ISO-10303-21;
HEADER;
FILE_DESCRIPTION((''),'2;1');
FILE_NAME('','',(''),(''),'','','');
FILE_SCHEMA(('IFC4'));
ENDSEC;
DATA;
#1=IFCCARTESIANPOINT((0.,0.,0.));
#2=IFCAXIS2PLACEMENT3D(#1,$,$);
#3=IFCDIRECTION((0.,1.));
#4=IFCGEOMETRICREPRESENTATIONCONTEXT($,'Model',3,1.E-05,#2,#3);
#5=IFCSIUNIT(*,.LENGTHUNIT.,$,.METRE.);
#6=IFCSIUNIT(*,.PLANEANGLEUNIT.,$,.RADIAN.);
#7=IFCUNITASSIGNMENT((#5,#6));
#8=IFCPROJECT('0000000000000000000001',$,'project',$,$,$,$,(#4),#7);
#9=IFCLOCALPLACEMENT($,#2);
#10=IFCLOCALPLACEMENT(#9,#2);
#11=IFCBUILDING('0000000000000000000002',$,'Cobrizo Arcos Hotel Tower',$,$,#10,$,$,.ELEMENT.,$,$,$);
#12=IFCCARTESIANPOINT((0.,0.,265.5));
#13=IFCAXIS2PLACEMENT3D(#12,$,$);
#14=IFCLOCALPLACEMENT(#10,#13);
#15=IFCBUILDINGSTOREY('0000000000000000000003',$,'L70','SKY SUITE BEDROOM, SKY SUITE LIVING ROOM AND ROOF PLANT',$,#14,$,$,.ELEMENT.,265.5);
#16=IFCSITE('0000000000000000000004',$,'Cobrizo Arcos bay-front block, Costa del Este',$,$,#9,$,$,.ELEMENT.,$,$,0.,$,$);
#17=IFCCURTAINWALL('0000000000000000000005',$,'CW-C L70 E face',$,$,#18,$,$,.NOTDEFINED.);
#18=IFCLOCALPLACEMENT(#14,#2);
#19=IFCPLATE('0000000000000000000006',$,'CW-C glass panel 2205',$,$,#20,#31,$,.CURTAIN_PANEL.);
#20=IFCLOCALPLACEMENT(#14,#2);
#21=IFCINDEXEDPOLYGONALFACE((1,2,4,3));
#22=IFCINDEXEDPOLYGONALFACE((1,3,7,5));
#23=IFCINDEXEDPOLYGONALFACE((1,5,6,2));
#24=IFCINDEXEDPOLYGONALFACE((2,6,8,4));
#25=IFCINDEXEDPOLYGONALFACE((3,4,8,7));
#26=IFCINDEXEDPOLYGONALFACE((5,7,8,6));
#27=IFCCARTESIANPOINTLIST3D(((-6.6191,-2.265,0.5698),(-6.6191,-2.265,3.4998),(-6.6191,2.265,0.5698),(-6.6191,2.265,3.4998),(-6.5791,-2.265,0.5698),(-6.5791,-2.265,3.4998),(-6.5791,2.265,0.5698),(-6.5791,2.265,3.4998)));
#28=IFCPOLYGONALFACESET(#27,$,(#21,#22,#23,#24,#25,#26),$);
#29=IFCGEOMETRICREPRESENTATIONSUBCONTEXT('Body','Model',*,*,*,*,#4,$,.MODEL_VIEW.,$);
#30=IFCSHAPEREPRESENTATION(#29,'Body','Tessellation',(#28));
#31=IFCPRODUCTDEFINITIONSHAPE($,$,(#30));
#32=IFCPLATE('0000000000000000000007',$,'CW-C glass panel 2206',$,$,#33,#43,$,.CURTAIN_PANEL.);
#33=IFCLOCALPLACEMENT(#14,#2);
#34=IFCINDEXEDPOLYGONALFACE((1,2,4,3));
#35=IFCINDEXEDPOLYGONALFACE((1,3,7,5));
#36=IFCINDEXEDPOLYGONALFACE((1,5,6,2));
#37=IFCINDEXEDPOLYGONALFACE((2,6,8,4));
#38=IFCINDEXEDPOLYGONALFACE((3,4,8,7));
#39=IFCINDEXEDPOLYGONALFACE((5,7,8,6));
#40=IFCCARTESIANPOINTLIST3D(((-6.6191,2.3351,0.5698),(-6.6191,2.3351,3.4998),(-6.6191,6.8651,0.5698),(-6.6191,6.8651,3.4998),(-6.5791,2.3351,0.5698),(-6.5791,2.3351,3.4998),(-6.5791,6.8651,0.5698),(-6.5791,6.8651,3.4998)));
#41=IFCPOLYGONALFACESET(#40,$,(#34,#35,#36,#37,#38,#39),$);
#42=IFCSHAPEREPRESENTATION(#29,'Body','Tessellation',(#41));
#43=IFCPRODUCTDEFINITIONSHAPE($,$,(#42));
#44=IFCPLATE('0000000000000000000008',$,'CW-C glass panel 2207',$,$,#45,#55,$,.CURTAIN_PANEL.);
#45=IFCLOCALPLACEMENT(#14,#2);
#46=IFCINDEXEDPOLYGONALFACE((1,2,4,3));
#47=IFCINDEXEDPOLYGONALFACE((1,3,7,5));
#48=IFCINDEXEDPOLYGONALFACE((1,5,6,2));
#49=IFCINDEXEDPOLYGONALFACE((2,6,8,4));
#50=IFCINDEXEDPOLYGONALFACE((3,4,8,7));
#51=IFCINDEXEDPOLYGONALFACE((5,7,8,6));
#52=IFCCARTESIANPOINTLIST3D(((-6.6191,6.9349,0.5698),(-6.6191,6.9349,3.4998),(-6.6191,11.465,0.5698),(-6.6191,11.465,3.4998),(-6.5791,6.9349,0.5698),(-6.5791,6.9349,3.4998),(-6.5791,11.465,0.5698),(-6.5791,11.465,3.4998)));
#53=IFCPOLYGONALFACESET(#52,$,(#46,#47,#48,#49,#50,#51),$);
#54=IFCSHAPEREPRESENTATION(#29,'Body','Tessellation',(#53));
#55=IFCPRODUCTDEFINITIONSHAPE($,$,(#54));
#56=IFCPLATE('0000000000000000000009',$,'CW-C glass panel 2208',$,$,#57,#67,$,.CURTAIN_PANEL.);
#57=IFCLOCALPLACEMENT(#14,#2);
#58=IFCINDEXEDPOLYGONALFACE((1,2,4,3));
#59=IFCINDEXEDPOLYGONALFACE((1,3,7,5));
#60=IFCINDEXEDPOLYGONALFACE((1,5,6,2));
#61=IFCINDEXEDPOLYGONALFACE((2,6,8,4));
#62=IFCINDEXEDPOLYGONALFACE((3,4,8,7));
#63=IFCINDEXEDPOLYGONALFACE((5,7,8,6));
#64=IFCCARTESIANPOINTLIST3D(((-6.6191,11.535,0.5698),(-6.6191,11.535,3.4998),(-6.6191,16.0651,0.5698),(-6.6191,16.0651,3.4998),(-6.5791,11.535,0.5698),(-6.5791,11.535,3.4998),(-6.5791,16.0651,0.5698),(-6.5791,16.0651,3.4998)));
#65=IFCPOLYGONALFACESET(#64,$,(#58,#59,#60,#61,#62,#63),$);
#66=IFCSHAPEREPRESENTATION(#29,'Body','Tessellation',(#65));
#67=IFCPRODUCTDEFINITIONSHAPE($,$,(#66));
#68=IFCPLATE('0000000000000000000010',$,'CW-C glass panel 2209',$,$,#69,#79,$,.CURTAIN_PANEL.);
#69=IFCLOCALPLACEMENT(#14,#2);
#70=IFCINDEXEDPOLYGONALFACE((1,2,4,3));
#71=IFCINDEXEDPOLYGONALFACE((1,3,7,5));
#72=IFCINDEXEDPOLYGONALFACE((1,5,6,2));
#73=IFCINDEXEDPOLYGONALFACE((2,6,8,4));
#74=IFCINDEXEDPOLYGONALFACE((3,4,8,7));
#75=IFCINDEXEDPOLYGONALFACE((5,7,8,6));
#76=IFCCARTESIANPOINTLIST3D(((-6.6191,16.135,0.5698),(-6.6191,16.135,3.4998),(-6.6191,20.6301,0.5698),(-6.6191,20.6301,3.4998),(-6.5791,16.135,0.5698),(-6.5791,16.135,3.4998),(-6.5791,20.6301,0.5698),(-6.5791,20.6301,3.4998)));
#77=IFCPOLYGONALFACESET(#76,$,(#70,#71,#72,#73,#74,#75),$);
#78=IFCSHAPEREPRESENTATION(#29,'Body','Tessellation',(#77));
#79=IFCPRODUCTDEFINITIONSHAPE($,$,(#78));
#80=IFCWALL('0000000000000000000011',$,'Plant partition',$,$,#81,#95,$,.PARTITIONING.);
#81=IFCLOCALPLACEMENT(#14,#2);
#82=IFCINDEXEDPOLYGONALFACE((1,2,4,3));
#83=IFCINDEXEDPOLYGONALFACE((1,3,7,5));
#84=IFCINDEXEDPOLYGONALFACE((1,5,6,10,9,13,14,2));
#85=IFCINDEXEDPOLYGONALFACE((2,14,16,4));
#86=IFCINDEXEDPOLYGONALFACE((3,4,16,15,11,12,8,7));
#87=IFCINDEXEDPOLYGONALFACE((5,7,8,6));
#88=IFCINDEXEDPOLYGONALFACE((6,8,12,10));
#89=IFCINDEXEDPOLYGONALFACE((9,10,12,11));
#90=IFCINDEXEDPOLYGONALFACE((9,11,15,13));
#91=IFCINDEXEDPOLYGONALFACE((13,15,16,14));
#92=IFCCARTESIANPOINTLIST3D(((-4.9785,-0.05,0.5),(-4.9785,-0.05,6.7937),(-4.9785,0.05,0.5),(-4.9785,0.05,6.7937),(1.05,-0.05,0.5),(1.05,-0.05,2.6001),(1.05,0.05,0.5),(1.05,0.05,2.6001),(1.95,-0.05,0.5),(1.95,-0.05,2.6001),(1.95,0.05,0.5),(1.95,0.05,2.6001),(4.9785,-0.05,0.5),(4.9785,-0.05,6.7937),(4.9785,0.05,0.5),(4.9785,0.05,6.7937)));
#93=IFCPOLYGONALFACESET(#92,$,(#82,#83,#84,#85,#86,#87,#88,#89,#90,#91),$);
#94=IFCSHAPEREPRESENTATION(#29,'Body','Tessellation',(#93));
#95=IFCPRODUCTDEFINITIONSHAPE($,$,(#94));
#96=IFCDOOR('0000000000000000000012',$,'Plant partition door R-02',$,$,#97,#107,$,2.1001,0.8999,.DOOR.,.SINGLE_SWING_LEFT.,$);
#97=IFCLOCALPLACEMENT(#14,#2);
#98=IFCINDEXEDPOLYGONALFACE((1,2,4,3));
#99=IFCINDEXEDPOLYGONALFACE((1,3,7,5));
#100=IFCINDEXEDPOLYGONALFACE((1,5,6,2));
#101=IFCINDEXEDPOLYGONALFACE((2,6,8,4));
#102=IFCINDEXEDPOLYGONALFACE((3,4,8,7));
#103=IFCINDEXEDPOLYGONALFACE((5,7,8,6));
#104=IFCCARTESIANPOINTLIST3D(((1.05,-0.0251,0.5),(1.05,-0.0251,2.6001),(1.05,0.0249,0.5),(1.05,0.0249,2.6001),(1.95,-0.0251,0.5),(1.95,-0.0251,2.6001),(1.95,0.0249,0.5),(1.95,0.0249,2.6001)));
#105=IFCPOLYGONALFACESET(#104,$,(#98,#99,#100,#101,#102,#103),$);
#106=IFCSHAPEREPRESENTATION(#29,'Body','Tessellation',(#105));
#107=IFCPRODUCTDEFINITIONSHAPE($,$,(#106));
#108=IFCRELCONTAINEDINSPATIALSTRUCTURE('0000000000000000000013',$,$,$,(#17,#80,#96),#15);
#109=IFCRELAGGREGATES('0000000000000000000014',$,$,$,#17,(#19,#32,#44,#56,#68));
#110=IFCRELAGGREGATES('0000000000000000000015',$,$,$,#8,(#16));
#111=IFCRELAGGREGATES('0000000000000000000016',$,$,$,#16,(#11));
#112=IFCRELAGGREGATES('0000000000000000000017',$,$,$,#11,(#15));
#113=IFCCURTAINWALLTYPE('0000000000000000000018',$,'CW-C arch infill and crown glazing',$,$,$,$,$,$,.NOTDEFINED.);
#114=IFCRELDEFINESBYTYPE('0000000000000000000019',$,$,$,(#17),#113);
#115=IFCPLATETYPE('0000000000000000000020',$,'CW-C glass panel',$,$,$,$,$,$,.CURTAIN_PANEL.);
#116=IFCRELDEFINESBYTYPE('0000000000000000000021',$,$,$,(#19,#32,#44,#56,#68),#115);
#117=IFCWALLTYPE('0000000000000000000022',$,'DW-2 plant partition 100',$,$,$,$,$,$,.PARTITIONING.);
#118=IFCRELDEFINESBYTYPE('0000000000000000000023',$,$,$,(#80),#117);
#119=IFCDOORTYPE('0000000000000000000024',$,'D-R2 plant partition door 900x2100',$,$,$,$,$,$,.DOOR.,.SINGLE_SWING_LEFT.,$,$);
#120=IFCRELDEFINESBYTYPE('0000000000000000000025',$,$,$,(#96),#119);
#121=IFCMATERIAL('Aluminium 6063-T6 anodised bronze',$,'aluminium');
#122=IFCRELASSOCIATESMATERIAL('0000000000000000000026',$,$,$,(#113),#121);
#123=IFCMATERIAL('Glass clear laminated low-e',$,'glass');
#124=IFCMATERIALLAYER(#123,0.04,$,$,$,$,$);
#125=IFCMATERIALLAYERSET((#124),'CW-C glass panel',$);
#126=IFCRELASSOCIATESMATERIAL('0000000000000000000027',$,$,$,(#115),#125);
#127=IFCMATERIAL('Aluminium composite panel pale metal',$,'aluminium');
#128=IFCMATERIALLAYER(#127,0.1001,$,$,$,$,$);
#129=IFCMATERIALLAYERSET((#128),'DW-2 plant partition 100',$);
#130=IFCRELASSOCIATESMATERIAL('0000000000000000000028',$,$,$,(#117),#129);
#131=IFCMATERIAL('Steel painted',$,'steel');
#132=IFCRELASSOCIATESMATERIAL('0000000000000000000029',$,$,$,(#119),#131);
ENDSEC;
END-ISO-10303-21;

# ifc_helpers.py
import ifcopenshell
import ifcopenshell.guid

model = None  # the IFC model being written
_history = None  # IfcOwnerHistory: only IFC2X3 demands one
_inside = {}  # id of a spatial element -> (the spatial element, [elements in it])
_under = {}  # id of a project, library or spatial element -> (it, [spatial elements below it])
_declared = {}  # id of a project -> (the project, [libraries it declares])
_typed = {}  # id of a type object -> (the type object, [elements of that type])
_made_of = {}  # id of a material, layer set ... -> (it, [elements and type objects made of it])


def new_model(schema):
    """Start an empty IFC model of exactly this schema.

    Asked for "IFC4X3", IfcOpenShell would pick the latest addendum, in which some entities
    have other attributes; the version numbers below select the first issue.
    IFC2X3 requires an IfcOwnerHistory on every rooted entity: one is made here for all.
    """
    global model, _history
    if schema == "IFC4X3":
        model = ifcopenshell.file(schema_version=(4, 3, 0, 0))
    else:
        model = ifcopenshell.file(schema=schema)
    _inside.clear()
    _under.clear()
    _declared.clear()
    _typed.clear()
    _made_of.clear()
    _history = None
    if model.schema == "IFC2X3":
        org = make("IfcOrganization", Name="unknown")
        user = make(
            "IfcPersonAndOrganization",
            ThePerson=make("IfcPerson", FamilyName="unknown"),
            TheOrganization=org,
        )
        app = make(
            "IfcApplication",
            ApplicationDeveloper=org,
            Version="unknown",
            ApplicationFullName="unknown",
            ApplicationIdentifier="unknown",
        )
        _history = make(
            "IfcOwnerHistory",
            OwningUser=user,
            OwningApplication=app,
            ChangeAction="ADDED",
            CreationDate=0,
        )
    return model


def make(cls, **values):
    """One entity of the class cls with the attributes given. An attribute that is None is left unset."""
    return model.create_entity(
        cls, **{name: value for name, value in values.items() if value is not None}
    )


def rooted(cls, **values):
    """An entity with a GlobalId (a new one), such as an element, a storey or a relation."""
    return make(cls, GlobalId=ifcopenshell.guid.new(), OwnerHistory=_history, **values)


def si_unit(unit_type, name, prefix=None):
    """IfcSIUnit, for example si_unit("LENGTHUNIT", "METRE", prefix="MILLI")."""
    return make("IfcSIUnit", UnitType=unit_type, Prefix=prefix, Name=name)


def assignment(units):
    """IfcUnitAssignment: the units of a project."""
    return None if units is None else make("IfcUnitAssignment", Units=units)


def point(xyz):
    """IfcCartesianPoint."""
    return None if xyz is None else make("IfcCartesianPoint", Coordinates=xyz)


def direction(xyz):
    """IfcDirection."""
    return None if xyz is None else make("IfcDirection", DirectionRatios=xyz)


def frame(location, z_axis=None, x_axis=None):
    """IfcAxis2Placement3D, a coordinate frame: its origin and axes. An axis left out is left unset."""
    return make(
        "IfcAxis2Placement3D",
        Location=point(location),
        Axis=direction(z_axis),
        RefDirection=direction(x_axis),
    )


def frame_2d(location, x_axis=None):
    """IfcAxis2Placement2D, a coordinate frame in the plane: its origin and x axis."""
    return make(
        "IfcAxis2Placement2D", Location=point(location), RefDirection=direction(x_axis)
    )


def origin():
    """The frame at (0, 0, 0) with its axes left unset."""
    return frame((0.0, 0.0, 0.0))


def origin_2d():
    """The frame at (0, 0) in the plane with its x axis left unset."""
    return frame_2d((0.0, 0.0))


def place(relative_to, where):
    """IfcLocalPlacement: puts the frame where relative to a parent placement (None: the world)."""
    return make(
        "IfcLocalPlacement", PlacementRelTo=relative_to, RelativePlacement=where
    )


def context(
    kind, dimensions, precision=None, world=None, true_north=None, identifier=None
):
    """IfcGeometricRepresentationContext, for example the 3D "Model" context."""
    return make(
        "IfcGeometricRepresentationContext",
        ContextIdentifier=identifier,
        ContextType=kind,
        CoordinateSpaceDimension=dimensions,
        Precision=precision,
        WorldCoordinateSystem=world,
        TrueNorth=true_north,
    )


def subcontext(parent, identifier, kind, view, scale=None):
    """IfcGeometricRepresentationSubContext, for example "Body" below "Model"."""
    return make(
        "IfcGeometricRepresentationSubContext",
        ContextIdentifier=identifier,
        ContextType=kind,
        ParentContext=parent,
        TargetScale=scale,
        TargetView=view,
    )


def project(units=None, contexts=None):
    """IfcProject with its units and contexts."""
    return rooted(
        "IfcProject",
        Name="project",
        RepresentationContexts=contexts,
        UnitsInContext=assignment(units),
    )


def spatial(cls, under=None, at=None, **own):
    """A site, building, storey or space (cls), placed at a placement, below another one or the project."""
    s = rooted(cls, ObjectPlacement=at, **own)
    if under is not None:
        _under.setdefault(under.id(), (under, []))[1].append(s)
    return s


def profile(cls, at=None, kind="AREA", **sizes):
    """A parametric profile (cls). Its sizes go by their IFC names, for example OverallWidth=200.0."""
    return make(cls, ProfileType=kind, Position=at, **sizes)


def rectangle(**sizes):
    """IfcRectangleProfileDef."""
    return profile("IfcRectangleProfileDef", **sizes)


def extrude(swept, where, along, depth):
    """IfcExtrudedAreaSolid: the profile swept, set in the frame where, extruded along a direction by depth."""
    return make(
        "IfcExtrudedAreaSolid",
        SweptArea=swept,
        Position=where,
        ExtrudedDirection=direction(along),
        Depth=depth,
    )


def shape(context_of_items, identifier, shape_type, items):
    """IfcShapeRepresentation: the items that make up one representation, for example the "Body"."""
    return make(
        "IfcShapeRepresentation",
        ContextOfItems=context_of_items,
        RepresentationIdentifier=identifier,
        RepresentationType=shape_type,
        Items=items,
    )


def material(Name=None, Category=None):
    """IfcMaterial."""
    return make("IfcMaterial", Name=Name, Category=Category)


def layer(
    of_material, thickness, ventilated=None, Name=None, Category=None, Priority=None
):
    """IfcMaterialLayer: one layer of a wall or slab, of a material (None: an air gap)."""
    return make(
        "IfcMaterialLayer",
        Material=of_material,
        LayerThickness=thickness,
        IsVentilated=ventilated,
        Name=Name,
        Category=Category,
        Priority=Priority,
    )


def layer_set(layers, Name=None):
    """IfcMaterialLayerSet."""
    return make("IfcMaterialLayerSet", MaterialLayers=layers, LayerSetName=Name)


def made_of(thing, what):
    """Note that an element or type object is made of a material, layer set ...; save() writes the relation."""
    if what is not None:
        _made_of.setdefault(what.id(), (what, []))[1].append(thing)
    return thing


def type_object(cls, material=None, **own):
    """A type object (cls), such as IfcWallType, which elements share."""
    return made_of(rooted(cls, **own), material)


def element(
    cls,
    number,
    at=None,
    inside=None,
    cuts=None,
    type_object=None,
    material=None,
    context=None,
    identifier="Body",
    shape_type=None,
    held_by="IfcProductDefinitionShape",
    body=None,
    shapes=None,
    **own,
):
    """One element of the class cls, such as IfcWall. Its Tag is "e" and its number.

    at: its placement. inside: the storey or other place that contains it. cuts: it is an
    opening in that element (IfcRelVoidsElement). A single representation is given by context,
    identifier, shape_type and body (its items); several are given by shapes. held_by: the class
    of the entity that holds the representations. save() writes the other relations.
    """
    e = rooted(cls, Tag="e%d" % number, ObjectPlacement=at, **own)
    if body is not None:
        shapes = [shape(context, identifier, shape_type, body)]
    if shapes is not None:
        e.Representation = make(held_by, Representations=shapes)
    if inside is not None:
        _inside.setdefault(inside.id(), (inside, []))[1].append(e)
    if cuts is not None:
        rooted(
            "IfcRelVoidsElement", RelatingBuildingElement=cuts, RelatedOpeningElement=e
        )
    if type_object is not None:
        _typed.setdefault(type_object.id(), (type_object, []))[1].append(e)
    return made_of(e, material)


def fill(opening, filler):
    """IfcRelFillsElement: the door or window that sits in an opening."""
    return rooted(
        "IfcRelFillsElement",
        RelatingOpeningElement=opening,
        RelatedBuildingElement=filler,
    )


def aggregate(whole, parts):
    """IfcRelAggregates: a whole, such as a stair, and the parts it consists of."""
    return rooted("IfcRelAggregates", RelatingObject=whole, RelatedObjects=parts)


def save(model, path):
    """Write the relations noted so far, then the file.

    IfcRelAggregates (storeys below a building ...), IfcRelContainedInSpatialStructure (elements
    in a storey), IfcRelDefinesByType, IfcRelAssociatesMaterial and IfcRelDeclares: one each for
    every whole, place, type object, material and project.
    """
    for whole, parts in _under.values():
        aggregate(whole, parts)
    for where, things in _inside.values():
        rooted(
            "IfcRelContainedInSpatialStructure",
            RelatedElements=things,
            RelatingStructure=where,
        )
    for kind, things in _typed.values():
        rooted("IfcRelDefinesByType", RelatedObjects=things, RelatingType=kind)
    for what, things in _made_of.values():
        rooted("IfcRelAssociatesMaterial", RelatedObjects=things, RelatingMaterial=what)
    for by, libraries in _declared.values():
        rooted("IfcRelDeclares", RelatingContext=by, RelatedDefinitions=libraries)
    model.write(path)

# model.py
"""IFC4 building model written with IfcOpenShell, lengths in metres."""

from ifc_helpers import new_model, si_unit, direction, frame, frame_2d, origin, origin_2d, place, context, subcontext, project, spatial, rectangle, extrude, material, layer, layer_set, type_object, element, fill, aggregate, save


model = new_model("IFC4")

# Units and contexts
model_context = context("Model", 3, precision=1e-05, world=origin(), true_north=direction((0.0, 1.0)))
body_context = subcontext(model_context, "Body", "Model", "MODEL_VIEW")
ifc_project = project(units=[si_unit("LENGTHUNIT", "METRE"), si_unit("PLANEANGLEUNIT", "RADIAN")], contexts=[model_context])

# Site, building, storey
site_placement = place(None, origin())
site = spatial("IfcSite", under=ifc_project, at=site_placement, Name="Cobrizo Arcos bay-front block, Costa del Este", CompositionType="ELEMENT", RefElevation=0.0)
building_placement = place(site_placement, origin())
building = spatial("IfcBuilding", under=site, at=building_placement, Name="Cobrizo Arcos Hotel Tower", CompositionType="ELEMENT")
storey_placement = place(building_placement, frame((0.0, 0.0, 265.5)))
storey = spatial("IfcBuildingStorey", under=building, at=storey_placement, Name="L70", Description="SKY SUITE BEDROOM, SKY SUITE LIVING ROOM AND ROOF PLANT", CompositionType="ELEMENT", Elevation=265.5)

# Shared definitions
ifc_material_1 = material(Name="Aluminium 6063-T6 anodised bronze", Category="aluminium")

# Curtain wall
curtain_wall_type_1 = type_object("IfcCurtainWallType", Name="CW-C arch infill and crown glazing", PredefinedType="NOTDEFINED", material=ifc_material_1)
curtain_wall_1_placement = place(storey_placement, origin())
curtain_wall_1 = element("IfcCurtainWall", 1, at=curtain_wall_1_placement, inside=storey, type_object=curtain_wall_type_1, Name="CW-C L70 E face", PredefinedType="NOTDEFINED")

# Plates
ifc_material_2 = material(Name="Glass clear laminated low-e", Category="glass")
ifc_layer_1 = layer(ifc_material_2, 0.04)
ifc_layer_set_1 = layer_set([ifc_layer_1], Name="CW-C glass panel")
plate_type_1 = type_object("IfcPlateType", Name="CW-C glass panel", PredefinedType="CURTAIN_PANEL", material=ifc_layer_set_1)
plate_1_placement = place(storey_placement, frame((-6.5991, 0.0, 0.5698), z_axis=(0.0, 0.0, 1.0), x_axis=(0.0, 1.0, 0.0)))
plate_1 = element("IfcPlate", 2, at=plate_1_placement, type_object=plate_type_1, Name="CW-C glass panel 2205", PredefinedType="CURTAIN_PANEL", context=body_context, shape_type="SweptSolid", body=[
    extrude(rectangle(XDim=4.53, YDim=0.04, at=origin_2d()), origin(), (0.0, 0.0, 1.0), 2.9299),
])
plate_2_placement = place(storey_placement, frame((-6.5991, 4.6001, 0.5698), z_axis=(0.0, 0.0, 1.0), x_axis=(0.0, 1.0, 0.0)))
plate_2 = element("IfcPlate", 3, at=plate_2_placement, type_object=plate_type_1, Name="CW-C glass panel 2206", PredefinedType="CURTAIN_PANEL", context=body_context, shape_type="SweptSolid", body=[
    extrude(rectangle(XDim=4.53, YDim=0.04, at=origin_2d()), origin(), (0.0, 0.0, 1.0), 2.9299),
])
plate_3_placement = place(storey_placement, frame((-6.5991, 9.2, 0.5698), z_axis=(0.0, 0.0, 1.0), x_axis=(0.0, 1.0, 0.0)))
plate_3 = element("IfcPlate", 4, at=plate_3_placement, type_object=plate_type_1, Name="CW-C glass panel 2207", PredefinedType="CURTAIN_PANEL", context=body_context, shape_type="SweptSolid", body=[
    extrude(rectangle(XDim=4.53, YDim=0.04, at=origin_2d()), origin(), (0.0, 0.0, 1.0), 2.9299),
])
plate_4_placement = place(storey_placement, frame((-6.5991, 13.8, 0.5698), z_axis=(0.0, 0.0, 1.0), x_axis=(0.0, 1.0, 0.0)))
plate_4 = element("IfcPlate", 5, at=plate_4_placement, type_object=plate_type_1, Name="CW-C glass panel 2208", PredefinedType="CURTAIN_PANEL", context=body_context, shape_type="SweptSolid", body=[
    extrude(rectangle(XDim=4.53, YDim=0.04, at=origin_2d()), origin(), (0.0, 0.0, 1.0), 2.9299),
])
plate_5_placement = place(storey_placement, frame((-6.5991, 18.3826, 0.5698), z_axis=(0.0, 0.0, 1.0), x_axis=(0.0, 1.0, 0.0)))
plate_5 = element("IfcPlate", 6, at=plate_5_placement, type_object=plate_type_1, Name="CW-C glass panel 2209", PredefinedType="CURTAIN_PANEL", context=body_context, shape_type="SweptSolid", body=[
    extrude(rectangle(XDim=4.4951, YDim=0.04, at=origin_2d()), origin(), (0.0, 0.0, 1.0), 2.9299),
])
aggregate(curtain_wall_1, [plate_1, plate_2, plate_3, plate_4, plate_5])

# Wall, opening, door
ifc_material_3 = material(Name="Aluminium composite panel pale metal", Category="aluminium")
ifc_layer_2 = layer(ifc_material_3, 0.1001)
ifc_layer_set_2 = layer_set([ifc_layer_2], Name="DW-2 plant partition 100")
wall_type = type_object("IfcWallType", Name="DW-2 plant partition 100", PredefinedType="PARTITIONING", material=ifc_layer_set_2)
wall_placement = place(storey_placement, frame((-4.9785, 0.0, 0.5), z_axis=(0.0, 0.0, 1.0), x_axis=(1.0, 0.0, 0.0)))
wall = element("IfcWall", 7, at=wall_placement, inside=storey, type_object=wall_type, Name="Plant partition", PredefinedType="PARTITIONING", context=body_context, shape_type="SweptSolid", body=[
    extrude(rectangle(XDim=9.957, YDim=0.1001, at=frame_2d((4.9785, 0.0))), origin(), (0.0, 0.0, 1.0), 6.2937),
])
opening_placement = place(wall_placement, frame((6.0286, 0.0, 0.0)))
opening = element("IfcOpeningElement", 8, at=opening_placement, cuts=wall, PredefinedType="OPENING", context=body_context, shape_type="SweptSolid", body=[
    extrude(rectangle(XDim=0.8999, YDim=2.1001, at=frame_2d((0.45, 1.05))), frame((0.0, 0.062, 0.0), z_axis=(0.0, -1.0, 0.0), x_axis=(1.0, 0.0, 0.0)), (0.0, 0.0, 1.0), 0.124),
])
ifc_material_4 = material(Name="Steel painted", Category="steel")
door_type = type_object("IfcDoorType", Name="D-R2 plant partition door 900x2100", OperationType="SINGLE_SWING_LEFT", PredefinedType="DOOR", material=ifc_material_4)
door_placement = place(opening_placement, origin())
door = element("IfcDoor", 9, at=door_placement, inside=storey, type_object=door_type, Name="Plant partition door R-02", OperationType="SINGLE_SWING_LEFT", OverallHeight=2.1001, OverallWidth=0.8999, PredefinedType="DOOR", context=body_context, shape_type="SweptSolid", body=[
    extrude(rectangle(XDim=0.8999, YDim=2.1001, at=frame_2d((0.45, 1.05))), frame((0.0, 0.0249, 0.0), z_axis=(0.0, -1.0, 0.0), x_axis=(1.0, 0.0, 0.0)), (0.0, 0.0, 1.0), 0.05),
])
fill(opening, door)

save(model, "model.ifc")
